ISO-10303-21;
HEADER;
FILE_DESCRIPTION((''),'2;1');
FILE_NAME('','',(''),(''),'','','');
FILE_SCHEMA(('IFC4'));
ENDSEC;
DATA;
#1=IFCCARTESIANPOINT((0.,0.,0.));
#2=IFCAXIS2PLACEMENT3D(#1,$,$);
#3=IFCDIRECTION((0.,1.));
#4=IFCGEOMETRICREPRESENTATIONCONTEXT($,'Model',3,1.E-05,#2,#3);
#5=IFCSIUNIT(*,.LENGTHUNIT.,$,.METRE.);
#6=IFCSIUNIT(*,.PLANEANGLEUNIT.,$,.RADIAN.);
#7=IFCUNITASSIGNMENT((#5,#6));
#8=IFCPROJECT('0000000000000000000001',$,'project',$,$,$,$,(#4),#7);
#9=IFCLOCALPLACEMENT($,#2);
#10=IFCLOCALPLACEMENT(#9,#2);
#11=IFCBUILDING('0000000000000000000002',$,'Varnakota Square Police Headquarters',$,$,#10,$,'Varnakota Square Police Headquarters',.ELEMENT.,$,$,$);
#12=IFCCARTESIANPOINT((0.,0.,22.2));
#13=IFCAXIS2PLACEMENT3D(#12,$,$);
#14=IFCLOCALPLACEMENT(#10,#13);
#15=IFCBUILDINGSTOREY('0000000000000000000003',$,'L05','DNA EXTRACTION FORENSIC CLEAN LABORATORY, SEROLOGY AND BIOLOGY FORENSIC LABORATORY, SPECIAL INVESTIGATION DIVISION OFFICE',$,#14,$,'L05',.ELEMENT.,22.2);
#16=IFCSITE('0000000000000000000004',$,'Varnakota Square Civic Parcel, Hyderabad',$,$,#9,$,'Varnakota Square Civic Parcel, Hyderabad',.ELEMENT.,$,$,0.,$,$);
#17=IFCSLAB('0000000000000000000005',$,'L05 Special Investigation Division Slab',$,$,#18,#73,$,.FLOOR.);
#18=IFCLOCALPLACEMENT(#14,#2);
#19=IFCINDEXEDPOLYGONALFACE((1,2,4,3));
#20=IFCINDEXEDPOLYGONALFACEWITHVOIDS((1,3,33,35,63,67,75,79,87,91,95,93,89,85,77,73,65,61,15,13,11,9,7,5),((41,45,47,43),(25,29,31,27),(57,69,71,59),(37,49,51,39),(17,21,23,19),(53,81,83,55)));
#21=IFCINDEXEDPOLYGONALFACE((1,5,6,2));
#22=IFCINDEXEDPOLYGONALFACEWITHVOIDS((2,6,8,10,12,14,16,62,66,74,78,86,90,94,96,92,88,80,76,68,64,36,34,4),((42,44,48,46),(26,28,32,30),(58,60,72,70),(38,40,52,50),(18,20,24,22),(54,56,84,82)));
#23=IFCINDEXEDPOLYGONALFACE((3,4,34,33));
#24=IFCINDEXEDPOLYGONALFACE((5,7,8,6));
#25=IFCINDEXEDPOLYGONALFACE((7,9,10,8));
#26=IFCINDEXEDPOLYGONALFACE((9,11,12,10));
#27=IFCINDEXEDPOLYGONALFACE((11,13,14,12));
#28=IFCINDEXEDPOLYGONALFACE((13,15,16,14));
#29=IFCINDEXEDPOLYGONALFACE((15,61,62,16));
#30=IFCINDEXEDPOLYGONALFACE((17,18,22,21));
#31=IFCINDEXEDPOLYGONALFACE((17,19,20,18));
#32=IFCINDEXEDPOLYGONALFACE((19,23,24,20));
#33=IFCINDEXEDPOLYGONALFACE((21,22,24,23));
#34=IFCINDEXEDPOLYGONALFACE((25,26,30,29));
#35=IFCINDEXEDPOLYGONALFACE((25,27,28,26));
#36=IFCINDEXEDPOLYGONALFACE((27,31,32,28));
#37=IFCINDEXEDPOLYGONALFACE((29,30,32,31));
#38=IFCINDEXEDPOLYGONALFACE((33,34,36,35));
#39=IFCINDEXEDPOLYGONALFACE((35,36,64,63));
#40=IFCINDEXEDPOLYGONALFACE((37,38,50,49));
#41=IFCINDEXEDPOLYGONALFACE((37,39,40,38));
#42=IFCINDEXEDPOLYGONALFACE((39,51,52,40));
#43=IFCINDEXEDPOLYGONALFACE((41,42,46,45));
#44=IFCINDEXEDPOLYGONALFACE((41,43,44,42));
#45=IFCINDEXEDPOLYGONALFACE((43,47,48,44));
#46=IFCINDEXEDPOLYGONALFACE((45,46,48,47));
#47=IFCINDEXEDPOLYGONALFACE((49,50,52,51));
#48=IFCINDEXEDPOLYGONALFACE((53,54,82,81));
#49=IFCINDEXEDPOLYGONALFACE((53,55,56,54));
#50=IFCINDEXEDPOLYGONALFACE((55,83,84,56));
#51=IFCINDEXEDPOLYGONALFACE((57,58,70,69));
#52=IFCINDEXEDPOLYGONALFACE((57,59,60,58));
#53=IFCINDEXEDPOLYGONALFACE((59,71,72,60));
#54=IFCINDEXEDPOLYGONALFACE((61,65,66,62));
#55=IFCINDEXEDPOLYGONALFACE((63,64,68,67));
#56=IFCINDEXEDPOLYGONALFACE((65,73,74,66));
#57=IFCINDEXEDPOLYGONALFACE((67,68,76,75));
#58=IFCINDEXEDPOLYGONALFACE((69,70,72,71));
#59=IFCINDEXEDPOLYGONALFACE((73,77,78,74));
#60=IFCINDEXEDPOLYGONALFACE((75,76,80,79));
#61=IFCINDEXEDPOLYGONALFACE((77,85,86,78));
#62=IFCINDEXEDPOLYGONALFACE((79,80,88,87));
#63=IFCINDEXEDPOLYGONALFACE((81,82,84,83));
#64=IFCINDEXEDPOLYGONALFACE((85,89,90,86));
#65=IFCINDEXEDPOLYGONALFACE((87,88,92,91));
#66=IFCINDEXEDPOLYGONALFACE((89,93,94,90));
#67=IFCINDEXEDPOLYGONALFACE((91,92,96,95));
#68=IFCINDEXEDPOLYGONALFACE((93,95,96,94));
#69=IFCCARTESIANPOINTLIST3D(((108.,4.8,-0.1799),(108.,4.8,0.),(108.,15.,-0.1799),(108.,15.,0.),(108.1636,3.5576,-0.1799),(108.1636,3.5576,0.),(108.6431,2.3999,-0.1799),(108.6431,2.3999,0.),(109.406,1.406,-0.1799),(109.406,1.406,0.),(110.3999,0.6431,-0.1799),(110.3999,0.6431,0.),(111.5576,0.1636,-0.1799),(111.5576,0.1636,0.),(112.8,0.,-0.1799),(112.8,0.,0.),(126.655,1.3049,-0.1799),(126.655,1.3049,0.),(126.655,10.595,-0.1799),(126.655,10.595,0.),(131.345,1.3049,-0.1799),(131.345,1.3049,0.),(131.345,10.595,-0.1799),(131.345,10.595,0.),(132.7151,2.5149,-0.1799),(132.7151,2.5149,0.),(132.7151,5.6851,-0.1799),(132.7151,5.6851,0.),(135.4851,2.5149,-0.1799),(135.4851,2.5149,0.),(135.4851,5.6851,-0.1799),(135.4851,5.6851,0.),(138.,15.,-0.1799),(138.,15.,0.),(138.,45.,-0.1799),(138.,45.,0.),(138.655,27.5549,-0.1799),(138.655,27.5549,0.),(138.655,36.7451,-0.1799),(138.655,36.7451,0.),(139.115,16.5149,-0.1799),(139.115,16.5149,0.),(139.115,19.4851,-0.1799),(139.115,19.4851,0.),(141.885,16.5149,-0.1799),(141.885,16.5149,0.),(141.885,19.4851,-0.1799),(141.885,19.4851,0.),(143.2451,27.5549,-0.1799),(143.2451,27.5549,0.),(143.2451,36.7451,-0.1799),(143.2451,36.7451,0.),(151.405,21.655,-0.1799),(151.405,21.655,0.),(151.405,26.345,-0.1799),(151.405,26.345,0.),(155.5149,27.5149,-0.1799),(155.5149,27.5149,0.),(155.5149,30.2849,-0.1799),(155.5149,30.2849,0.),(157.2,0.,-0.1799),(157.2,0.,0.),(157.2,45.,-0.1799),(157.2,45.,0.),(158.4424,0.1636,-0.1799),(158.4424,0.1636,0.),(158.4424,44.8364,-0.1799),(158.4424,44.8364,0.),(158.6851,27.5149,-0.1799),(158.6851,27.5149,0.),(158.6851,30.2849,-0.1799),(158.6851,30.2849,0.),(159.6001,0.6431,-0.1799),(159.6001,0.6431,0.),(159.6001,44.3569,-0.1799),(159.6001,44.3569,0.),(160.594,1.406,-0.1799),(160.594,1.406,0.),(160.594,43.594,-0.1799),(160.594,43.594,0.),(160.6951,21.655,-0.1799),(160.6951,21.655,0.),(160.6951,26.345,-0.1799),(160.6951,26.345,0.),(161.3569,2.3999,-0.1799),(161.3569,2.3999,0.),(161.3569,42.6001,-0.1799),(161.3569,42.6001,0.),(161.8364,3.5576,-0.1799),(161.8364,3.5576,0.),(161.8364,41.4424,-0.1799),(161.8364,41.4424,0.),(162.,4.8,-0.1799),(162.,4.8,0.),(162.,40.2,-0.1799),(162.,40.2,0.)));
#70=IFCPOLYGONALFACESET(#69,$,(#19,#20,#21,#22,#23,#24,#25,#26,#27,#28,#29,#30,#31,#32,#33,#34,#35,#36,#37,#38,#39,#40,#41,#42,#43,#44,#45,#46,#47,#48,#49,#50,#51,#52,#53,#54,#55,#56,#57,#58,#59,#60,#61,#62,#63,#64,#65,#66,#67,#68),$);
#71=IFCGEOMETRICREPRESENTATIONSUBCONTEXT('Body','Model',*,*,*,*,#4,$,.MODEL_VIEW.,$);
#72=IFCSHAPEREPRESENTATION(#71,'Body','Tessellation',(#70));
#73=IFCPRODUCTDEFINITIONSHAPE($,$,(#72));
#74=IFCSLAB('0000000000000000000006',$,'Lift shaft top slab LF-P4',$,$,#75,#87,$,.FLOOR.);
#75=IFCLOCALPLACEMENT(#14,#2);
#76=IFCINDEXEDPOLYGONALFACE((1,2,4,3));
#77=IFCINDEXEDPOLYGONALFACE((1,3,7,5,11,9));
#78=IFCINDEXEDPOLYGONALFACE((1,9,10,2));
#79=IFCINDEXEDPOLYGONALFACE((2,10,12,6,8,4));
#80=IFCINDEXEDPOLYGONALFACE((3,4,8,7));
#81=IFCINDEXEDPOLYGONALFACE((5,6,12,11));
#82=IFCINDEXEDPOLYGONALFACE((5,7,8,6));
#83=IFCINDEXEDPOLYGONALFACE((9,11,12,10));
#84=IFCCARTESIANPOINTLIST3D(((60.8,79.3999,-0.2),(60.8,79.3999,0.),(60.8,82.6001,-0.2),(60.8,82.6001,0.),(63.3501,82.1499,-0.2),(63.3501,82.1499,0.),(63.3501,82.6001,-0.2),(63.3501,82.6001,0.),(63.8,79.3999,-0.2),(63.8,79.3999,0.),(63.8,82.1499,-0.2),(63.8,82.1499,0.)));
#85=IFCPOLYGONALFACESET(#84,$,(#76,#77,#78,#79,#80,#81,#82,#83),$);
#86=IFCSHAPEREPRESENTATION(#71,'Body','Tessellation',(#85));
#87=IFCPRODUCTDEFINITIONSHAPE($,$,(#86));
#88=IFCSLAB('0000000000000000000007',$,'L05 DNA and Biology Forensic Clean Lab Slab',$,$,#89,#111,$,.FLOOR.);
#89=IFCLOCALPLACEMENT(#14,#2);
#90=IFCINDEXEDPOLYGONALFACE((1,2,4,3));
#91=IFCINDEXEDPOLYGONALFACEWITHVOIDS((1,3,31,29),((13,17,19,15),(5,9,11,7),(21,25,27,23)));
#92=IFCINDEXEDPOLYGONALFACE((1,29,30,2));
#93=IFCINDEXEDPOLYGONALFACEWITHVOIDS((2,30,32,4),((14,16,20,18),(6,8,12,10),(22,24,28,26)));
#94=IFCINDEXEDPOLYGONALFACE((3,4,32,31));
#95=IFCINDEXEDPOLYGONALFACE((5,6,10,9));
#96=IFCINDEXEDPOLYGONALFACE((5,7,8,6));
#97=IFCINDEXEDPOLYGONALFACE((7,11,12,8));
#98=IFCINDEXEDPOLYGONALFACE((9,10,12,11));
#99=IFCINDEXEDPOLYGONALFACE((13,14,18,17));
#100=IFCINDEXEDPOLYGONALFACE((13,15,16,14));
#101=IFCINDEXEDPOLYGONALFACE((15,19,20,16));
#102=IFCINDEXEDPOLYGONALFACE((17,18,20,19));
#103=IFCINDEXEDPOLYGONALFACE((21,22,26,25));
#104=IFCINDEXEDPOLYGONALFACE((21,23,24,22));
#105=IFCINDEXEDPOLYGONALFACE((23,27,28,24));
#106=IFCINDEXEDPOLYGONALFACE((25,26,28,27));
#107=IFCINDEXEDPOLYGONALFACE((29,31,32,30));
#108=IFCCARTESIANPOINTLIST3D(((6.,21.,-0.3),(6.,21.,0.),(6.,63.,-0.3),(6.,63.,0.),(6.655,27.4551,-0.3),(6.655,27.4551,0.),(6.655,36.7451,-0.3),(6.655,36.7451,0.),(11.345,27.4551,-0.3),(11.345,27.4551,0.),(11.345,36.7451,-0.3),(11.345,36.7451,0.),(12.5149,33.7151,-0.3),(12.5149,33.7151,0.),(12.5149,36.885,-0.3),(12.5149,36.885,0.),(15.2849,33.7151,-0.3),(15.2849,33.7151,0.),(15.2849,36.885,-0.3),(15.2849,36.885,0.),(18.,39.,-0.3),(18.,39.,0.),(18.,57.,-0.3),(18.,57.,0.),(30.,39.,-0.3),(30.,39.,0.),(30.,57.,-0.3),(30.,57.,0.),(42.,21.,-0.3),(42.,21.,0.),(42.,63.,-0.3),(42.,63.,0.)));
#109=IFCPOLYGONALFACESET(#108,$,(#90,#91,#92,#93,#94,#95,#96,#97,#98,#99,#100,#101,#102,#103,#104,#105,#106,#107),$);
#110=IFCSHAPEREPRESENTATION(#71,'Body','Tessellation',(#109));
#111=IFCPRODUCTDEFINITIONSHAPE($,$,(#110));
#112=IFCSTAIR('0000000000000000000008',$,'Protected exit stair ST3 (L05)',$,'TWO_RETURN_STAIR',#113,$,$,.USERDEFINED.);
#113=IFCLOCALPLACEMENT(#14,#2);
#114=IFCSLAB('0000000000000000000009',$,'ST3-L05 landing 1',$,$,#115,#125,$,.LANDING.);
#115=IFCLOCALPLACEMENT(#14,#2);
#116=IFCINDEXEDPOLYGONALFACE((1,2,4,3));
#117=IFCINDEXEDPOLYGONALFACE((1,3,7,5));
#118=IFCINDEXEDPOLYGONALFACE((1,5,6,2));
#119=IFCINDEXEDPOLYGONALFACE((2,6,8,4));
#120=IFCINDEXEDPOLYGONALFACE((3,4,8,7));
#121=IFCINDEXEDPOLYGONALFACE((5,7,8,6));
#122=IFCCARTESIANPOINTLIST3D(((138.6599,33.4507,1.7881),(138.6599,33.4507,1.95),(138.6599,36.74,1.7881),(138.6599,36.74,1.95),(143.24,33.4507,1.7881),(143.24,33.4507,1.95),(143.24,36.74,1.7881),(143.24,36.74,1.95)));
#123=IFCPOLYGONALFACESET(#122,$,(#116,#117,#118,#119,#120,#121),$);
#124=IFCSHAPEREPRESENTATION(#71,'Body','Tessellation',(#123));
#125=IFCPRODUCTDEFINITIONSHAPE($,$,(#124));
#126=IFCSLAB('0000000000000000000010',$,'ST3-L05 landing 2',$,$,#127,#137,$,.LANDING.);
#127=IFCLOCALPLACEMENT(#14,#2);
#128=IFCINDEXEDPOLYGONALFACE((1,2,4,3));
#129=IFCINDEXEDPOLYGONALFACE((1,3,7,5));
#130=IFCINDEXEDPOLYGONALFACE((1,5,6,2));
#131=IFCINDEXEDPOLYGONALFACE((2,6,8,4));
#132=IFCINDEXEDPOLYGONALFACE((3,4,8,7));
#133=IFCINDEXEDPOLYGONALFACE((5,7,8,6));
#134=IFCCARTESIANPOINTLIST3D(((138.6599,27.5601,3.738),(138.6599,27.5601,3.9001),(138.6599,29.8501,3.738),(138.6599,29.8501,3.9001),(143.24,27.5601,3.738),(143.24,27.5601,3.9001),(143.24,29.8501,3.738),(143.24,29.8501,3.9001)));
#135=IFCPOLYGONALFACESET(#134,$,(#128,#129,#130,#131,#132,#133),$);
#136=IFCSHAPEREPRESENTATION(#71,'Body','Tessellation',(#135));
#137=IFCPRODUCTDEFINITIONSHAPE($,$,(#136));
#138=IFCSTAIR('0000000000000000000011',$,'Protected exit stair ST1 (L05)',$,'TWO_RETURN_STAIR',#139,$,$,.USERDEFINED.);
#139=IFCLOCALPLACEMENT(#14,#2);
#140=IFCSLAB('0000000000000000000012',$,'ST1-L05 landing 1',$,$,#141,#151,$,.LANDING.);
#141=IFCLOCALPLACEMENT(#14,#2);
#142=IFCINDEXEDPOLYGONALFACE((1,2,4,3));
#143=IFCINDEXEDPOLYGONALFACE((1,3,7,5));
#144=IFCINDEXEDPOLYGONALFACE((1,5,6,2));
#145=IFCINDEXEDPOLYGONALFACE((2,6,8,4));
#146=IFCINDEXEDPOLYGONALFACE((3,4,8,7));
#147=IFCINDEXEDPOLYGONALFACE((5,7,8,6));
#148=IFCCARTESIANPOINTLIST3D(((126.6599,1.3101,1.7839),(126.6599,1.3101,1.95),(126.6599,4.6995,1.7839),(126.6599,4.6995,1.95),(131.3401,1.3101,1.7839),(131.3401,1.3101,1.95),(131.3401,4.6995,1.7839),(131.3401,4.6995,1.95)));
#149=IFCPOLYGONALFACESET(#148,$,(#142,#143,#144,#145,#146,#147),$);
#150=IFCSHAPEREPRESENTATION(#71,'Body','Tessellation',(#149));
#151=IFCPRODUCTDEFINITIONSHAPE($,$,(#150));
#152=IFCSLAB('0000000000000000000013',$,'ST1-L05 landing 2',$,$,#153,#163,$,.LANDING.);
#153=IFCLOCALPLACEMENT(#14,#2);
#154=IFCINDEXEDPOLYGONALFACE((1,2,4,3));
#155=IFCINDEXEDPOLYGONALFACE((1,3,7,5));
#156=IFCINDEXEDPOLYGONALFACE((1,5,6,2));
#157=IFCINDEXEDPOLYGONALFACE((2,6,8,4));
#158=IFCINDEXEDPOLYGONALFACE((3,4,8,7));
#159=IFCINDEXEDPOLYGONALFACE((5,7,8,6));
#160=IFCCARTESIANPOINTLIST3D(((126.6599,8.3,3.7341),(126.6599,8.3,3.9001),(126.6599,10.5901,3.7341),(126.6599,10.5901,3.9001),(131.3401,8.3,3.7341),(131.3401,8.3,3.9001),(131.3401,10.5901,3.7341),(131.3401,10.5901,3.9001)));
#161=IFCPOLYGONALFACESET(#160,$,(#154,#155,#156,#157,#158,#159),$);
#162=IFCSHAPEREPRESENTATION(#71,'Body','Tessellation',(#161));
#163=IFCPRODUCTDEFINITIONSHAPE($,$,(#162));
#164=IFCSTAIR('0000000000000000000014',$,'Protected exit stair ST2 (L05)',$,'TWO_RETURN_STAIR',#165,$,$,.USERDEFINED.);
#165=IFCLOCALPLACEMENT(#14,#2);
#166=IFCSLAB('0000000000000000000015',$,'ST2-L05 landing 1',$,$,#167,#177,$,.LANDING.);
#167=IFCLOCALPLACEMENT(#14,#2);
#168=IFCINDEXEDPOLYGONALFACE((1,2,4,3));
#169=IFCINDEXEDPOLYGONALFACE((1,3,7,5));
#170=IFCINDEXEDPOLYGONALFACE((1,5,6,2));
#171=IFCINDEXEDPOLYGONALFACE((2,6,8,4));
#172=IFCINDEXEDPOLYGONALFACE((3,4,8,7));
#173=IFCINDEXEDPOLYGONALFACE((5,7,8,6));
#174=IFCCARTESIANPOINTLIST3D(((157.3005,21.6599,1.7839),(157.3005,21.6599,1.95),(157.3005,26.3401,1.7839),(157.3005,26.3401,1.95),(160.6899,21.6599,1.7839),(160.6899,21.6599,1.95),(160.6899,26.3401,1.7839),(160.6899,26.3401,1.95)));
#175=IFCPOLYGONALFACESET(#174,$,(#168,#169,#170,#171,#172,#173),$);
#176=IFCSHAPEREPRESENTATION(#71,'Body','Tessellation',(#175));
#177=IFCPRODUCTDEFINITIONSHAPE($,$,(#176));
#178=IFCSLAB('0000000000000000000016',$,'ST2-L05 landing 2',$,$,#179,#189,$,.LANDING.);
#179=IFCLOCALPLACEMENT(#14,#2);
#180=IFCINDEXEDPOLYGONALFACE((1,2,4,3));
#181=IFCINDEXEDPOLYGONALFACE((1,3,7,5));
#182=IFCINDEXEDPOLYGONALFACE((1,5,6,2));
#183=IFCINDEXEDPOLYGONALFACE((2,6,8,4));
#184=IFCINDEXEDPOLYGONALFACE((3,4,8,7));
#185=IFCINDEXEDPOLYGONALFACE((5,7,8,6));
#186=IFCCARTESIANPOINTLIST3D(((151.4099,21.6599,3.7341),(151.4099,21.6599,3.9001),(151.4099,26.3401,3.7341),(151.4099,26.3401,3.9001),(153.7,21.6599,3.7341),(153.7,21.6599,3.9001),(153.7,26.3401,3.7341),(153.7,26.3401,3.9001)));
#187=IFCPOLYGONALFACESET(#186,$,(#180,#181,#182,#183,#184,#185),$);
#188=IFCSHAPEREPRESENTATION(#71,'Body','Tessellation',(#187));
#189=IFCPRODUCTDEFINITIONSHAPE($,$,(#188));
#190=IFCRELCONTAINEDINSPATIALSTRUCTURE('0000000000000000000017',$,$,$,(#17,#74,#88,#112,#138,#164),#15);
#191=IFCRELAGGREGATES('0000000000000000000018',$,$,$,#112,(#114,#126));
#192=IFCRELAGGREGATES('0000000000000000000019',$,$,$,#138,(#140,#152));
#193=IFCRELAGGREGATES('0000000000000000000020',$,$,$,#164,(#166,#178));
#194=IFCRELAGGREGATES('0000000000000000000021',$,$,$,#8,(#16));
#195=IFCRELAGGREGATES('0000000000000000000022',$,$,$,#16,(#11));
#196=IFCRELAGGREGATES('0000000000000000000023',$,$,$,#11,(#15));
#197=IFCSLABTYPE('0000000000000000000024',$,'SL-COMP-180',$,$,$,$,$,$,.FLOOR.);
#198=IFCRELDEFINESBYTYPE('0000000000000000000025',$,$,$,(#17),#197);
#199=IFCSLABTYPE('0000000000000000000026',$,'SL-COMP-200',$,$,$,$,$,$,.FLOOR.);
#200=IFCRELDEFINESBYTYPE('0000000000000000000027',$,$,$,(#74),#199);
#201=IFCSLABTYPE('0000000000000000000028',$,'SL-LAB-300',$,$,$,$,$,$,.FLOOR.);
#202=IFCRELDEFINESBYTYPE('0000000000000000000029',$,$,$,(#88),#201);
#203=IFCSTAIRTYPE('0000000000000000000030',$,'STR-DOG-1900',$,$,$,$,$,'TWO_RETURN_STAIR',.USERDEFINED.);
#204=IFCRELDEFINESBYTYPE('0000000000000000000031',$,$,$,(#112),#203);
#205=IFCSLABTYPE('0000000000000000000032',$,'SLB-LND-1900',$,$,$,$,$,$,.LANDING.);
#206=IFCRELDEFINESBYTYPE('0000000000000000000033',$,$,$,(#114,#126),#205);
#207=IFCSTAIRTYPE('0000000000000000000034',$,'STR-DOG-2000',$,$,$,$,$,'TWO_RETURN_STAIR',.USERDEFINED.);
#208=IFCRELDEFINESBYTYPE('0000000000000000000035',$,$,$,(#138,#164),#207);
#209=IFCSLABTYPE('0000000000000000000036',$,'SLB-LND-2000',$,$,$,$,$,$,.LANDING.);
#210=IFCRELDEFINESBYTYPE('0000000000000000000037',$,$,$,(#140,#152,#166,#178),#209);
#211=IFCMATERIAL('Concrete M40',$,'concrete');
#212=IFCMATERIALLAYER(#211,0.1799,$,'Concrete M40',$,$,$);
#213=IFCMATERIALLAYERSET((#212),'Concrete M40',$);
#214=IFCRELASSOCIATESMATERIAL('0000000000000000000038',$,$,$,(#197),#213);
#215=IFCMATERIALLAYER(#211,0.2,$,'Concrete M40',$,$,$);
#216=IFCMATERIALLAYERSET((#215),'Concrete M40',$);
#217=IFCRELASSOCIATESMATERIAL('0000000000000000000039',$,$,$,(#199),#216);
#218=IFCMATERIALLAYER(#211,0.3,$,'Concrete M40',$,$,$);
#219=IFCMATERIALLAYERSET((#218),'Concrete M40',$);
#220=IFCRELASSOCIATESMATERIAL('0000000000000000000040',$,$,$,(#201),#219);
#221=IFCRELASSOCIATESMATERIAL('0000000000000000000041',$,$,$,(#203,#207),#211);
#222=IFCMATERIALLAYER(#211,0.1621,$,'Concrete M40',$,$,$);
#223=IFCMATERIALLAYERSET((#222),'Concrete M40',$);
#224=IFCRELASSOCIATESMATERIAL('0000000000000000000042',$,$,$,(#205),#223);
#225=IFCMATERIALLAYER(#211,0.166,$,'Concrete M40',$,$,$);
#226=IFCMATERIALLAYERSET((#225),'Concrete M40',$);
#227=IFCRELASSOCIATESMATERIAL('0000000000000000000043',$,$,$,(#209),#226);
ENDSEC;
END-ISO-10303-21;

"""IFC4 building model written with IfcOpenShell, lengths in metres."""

from ifc_helpers import new_model, si_unit, direction, frame, origin, place, context, subcontext, project, spatial, polyline, outline, extrude, material, layer, layer_set, type_object, element, aggregate, save


model = new_model("IFC4")

# Units and contexts
model_context = context("Model", 3, precision=1e-05, world=origin(), true_north=direction((0.0, 1.0)))
body_context = subcontext(model_context, "Body", "Model", "MODEL_VIEW")
ifc_project = project(units=[si_unit("LENGTHUNIT", "METRE"), si_unit("PLANEANGLEUNIT", "RADIAN")], contexts=[model_context])

# Site, building, storey
site_placement = place(None, origin())
site = spatial("IfcSite", under=ifc_project, at=site_placement, Name="Varnakota Square Civic Parcel, Hyderabad", LongName="Varnakota Square Civic Parcel, Hyderabad", CompositionType="ELEMENT", RefElevation=0.0)
building_placement = place(site_placement, origin())
building = spatial("IfcBuilding", under=site, at=building_placement, Name="Varnakota Square Police Headquarters", LongName="Varnakota Square Police Headquarters", CompositionType="ELEMENT")
storey_placement = place(building_placement, frame((0.0, 0.0, 22.2)))
storey = spatial("IfcBuildingStorey", under=building, at=storey_placement, Name="L05", Description="DNA EXTRACTION FORENSIC CLEAN LABORATORY, SEROLOGY AND BIOLOGY FORENSIC LABORATORY, SPECIAL INVESTIGATION DIVISION OFFICE", LongName="L05", CompositionType="ELEMENT", Elevation=22.2)

# Slabs
ifc_material_1 = material(Name="Concrete M40", Category="concrete")
ifc_layer_1 = layer(ifc_material_1, 0.1799, Name="Concrete M40")
ifc_layer_set_1 = layer_set([ifc_layer_1], Name="Concrete M40")
slab_type_1 = type_object("IfcSlabType", Name="SL-COMP-180", PredefinedType="FLOOR", material=ifc_layer_set_1)
slab_1_placement = place(storey_placement, frame((0.0, 0.0, -0.1799)))
element("IfcSlab", 1, at=slab_1_placement, inside=storey, type_object=slab_type_1, Name="L05 Special Investigation Division Slab", PredefinedType="FLOOR", context=body_context, shape_type="SweptSolid", body=[
    extrude(outline(polyline([(108.0, 4.8), (108.1636, 3.5576), (108.6431, 2.3999), (109.406, 1.406), (110.3999, 0.6431), (111.5576, 0.1636), (112.8, 0.0), (157.2, 0.0), (158.4424, 0.1636), (159.6001, 0.6431), (160.594, 1.406), (161.3569, 2.3999), (161.8364, 3.5576), (162.0, 4.8), (162.0, 40.2), (161.8364, 41.4424), (161.3569, 42.6001), (160.594, 43.594), (159.6001, 44.3569), (158.4424, 44.8364), (157.2, 45.0), (138.0, 45.0), (138.0, 15.0), (108.0, 15.0), (108.0, 4.8)]), holes=[polyline([(126.655, 1.3049), (131.345, 1.3049), (131.345, 10.595), (126.655, 10.595), (126.655, 1.3049)]), polyline([(132.7151, 2.5149), (135.4851, 2.5149), (135.4851, 5.6851), (132.7151, 5.6851), (132.7151, 2.5149)]), polyline([(151.405, 21.655), (160.6951, 21.655), (160.6951, 26.345), (151.405, 26.345), (151.405, 21.655)]), polyline([(155.5149, 27.5149), (158.6851, 27.5149), (158.6851, 30.2849), (155.5149, 30.2849), (155.5149, 27.5149)]), polyline([(138.655, 27.5549), (143.2451, 27.5549), (143.2451, 36.7451), (138.655, 36.7451), (138.655, 27.5549)]), polyline([(139.115, 16.5149), (141.885, 16.5149), (141.885, 19.4851), (139.115, 19.4851), (139.115, 16.5149)])]), origin(), (0.0, 0.0, 1.0), 0.1799),
])
ifc_layer_2 = layer(ifc_material_1, 0.2, Name="Concrete M40")
ifc_layer_set_2 = layer_set([ifc_layer_2], Name="Concrete M40")
slab_type_2 = type_object("IfcSlabType", Name="SL-COMP-200", PredefinedType="FLOOR", material=ifc_layer_set_2)
slab_2_placement = place(storey_placement, frame((0.0, 0.0, -0.2)))
element("IfcSlab", 2, at=slab_2_placement, inside=storey, type_object=slab_type_2, Name="Lift shaft top slab LF-P4", PredefinedType="FLOOR", context=body_context, shape_type="SweptSolid", body=[
    extrude(outline(polyline([(60.8, 79.3999), (63.8, 79.3999), (63.8, 82.1499), (63.3501, 82.1499), (63.3501, 82.6001), (60.8, 82.6001), (60.8, 79.3999)])), origin(), (0.0, 0.0, 1.0), 0.2),
])
ifc_layer_3 = layer(ifc_material_1, 0.3, Name="Concrete M40")
ifc_layer_set_3 = layer_set([ifc_layer_3], Name="Concrete M40")
slab_type_3 = type_object("IfcSlabType", Name="SL-LAB-300", PredefinedType="FLOOR", material=ifc_layer_set_3)
slab_3_placement = place(storey_placement, frame((0.0, 0.0, -0.3)))
element("IfcSlab", 3, at=slab_3_placement, inside=storey, type_object=slab_type_3, Name="L05 DNA and Biology Forensic Clean Lab Slab", PredefinedType="FLOOR", context=body_context, shape_type="SweptSolid", body=[
    extrude(outline(polyline([(6.0, 21.0), (42.0, 21.0), (42.0, 63.0), (6.0, 63.0), (6.0, 21.0)]), holes=[polyline([(18.0, 39.0), (30.0, 39.0), (30.0, 57.0), (18.0, 57.0), (18.0, 39.0)]), polyline([(6.655, 27.4551), (11.345, 27.4551), (11.345, 36.7451), (6.655, 36.7451), (6.655, 27.4551)]), polyline([(12.5149, 33.7151), (15.2849, 33.7151), (15.2849, 36.885), (12.5149, 36.885), (12.5149, 33.7151)])]), origin(), (0.0, 0.0, 1.0), 0.3),
])

# Stairs, slabs
stair_type_1 = type_object("IfcStairType", Name="STR-DOG-1900", ElementType="TWO_RETURN_STAIR", PredefinedType="USERDEFINED", material=ifc_material_1)
stair_1_placement = place(storey_placement, origin())
stair_1 = element("IfcStair", 4, at=stair_1_placement, inside=storey, type_object=stair_type_1, Name="Protected exit stair ST3 (L05)", ObjectType="TWO_RETURN_STAIR", PredefinedType="USERDEFINED")
ifc_layer_4 = layer(ifc_material_1, 0.1621, Name="Concrete M40")
ifc_layer_set_4 = layer_set([ifc_layer_4], Name="Concrete M40")
slab_type_4 = type_object("IfcSlabType", Name="SLB-LND-1900", PredefinedType="LANDING", material=ifc_layer_set_4)
slab_4_placement = place(storey_placement, frame((0.0, 0.0, 1.7881)))
slab_4 = element("IfcSlab", 5, at=slab_4_placement, type_object=slab_type_4, Name="ST3-L05 landing 1", PredefinedType="LANDING", context=body_context, shape_type="SweptSolid", body=[
    extrude(outline(polyline([(138.6599, 33.4507), (143.24, 33.4507), (143.24, 36.74), (138.6599, 36.74), (138.6599, 33.4507)])), origin(), (0.0, 0.0, 1.0), 0.1619),
])
slab_5_placement = place(storey_placement, frame((0.0, 0.0, 3.738)))
slab_5 = element("IfcSlab", 6, at=slab_5_placement, type_object=slab_type_4, Name="ST3-L05 landing 2", PredefinedType="LANDING", context=body_context, shape_type="SweptSolid", body=[
    extrude(outline(polyline([(138.6599, 27.5601), (143.24, 27.5601), (143.24, 29.8501), (138.6599, 29.8501), (138.6599, 27.5601)])), origin(), (0.0, 0.0, 1.0), 0.1621),
])
aggregate(stair_1, [slab_4, slab_5])
stair_type_2 = type_object("IfcStairType", Name="STR-DOG-2000", ElementType="TWO_RETURN_STAIR", PredefinedType="USERDEFINED", material=ifc_material_1)
stair_2_placement = place(storey_placement, origin())
stair_2 = element("IfcStair", 7, at=stair_2_placement, inside=storey, type_object=stair_type_2, Name="Protected exit stair ST1 (L05)", ObjectType="TWO_RETURN_STAIR", PredefinedType="USERDEFINED")
ifc_layer_5 = layer(ifc_material_1, 0.166, Name="Concrete M40")
ifc_layer_set_5 = layer_set([ifc_layer_5], Name="Concrete M40")
slab_type_5 = type_object("IfcSlabType", Name="SLB-LND-2000", PredefinedType="LANDING", material=ifc_layer_set_5)
slab_6_placement = place(storey_placement, frame((0.0, 0.0, 1.7839)))
slab_6 = element("IfcSlab", 8, at=slab_6_placement, type_object=slab_type_5, Name="ST1-L05 landing 1", PredefinedType="LANDING", context=body_context, shape_type="SweptSolid", body=[
    extrude(outline(polyline([(126.6599, 1.3101), (131.3401, 1.3101), (131.3401, 4.6995), (126.6599, 4.6995), (126.6599, 1.3101)])), origin(), (0.0, 0.0, 1.0), 0.166),
])
slab_7_placement = place(storey_placement, frame((0.0, 0.0, 3.7341)))
slab_7 = element("IfcSlab", 9, at=slab_7_placement, type_object=slab_type_5, Name="ST1-L05 landing 2", PredefinedType="LANDING", context=body_context, shape_type="SweptSolid", body=[
    extrude(outline(polyline([(126.6599, 8.3), (131.3401, 8.3), (131.3401, 10.5901), (126.6599, 10.5901), (126.6599, 8.3)])), origin(), (0.0, 0.0, 1.0), 0.166),
])
aggregate(stair_2, [slab_6, slab_7])
stair_3_placement = place(storey_placement, origin())
stair_3 = element("IfcStair", 10, at=stair_3_placement, inside=storey, type_object=stair_type_2, Name="Protected exit stair ST2 (L05)", ObjectType="TWO_RETURN_STAIR", PredefinedType="USERDEFINED")
slab_8_placement = place(storey_placement, frame((0.0, 0.0, 1.7839)))
slab_8 = element("IfcSlab", 11, at=slab_8_placement, type_object=slab_type_5, Name="ST2-L05 landing 1", PredefinedType="LANDING", context=body_context, shape_type="SweptSolid", body=[
    extrude(outline(polyline([(157.3005, 21.6599), (160.6899, 21.6599), (160.6899, 26.3401), (157.3005, 26.3401), (157.3005, 21.6599)])), origin(), (0.0, 0.0, 1.0), 0.166),
])
slab_9_placement = place(storey_placement, frame((0.0, 0.0, 3.7341)))
slab_9 = element("IfcSlab", 12, at=slab_9_placement, type_object=slab_type_5, Name="ST2-L05 landing 2", PredefinedType="LANDING", context=body_context, shape_type="SweptSolid", body=[
    extrude(outline(polyline([(151.4099, 21.6599), (153.7, 21.6599), (153.7, 26.3401), (151.4099, 26.3401), (151.4099, 21.6599)])), origin(), (0.0, 0.0, 1.0), 0.166),
])
aggregate(stair_3, [slab_8, slab_9])

save(model, "model.ifc")
